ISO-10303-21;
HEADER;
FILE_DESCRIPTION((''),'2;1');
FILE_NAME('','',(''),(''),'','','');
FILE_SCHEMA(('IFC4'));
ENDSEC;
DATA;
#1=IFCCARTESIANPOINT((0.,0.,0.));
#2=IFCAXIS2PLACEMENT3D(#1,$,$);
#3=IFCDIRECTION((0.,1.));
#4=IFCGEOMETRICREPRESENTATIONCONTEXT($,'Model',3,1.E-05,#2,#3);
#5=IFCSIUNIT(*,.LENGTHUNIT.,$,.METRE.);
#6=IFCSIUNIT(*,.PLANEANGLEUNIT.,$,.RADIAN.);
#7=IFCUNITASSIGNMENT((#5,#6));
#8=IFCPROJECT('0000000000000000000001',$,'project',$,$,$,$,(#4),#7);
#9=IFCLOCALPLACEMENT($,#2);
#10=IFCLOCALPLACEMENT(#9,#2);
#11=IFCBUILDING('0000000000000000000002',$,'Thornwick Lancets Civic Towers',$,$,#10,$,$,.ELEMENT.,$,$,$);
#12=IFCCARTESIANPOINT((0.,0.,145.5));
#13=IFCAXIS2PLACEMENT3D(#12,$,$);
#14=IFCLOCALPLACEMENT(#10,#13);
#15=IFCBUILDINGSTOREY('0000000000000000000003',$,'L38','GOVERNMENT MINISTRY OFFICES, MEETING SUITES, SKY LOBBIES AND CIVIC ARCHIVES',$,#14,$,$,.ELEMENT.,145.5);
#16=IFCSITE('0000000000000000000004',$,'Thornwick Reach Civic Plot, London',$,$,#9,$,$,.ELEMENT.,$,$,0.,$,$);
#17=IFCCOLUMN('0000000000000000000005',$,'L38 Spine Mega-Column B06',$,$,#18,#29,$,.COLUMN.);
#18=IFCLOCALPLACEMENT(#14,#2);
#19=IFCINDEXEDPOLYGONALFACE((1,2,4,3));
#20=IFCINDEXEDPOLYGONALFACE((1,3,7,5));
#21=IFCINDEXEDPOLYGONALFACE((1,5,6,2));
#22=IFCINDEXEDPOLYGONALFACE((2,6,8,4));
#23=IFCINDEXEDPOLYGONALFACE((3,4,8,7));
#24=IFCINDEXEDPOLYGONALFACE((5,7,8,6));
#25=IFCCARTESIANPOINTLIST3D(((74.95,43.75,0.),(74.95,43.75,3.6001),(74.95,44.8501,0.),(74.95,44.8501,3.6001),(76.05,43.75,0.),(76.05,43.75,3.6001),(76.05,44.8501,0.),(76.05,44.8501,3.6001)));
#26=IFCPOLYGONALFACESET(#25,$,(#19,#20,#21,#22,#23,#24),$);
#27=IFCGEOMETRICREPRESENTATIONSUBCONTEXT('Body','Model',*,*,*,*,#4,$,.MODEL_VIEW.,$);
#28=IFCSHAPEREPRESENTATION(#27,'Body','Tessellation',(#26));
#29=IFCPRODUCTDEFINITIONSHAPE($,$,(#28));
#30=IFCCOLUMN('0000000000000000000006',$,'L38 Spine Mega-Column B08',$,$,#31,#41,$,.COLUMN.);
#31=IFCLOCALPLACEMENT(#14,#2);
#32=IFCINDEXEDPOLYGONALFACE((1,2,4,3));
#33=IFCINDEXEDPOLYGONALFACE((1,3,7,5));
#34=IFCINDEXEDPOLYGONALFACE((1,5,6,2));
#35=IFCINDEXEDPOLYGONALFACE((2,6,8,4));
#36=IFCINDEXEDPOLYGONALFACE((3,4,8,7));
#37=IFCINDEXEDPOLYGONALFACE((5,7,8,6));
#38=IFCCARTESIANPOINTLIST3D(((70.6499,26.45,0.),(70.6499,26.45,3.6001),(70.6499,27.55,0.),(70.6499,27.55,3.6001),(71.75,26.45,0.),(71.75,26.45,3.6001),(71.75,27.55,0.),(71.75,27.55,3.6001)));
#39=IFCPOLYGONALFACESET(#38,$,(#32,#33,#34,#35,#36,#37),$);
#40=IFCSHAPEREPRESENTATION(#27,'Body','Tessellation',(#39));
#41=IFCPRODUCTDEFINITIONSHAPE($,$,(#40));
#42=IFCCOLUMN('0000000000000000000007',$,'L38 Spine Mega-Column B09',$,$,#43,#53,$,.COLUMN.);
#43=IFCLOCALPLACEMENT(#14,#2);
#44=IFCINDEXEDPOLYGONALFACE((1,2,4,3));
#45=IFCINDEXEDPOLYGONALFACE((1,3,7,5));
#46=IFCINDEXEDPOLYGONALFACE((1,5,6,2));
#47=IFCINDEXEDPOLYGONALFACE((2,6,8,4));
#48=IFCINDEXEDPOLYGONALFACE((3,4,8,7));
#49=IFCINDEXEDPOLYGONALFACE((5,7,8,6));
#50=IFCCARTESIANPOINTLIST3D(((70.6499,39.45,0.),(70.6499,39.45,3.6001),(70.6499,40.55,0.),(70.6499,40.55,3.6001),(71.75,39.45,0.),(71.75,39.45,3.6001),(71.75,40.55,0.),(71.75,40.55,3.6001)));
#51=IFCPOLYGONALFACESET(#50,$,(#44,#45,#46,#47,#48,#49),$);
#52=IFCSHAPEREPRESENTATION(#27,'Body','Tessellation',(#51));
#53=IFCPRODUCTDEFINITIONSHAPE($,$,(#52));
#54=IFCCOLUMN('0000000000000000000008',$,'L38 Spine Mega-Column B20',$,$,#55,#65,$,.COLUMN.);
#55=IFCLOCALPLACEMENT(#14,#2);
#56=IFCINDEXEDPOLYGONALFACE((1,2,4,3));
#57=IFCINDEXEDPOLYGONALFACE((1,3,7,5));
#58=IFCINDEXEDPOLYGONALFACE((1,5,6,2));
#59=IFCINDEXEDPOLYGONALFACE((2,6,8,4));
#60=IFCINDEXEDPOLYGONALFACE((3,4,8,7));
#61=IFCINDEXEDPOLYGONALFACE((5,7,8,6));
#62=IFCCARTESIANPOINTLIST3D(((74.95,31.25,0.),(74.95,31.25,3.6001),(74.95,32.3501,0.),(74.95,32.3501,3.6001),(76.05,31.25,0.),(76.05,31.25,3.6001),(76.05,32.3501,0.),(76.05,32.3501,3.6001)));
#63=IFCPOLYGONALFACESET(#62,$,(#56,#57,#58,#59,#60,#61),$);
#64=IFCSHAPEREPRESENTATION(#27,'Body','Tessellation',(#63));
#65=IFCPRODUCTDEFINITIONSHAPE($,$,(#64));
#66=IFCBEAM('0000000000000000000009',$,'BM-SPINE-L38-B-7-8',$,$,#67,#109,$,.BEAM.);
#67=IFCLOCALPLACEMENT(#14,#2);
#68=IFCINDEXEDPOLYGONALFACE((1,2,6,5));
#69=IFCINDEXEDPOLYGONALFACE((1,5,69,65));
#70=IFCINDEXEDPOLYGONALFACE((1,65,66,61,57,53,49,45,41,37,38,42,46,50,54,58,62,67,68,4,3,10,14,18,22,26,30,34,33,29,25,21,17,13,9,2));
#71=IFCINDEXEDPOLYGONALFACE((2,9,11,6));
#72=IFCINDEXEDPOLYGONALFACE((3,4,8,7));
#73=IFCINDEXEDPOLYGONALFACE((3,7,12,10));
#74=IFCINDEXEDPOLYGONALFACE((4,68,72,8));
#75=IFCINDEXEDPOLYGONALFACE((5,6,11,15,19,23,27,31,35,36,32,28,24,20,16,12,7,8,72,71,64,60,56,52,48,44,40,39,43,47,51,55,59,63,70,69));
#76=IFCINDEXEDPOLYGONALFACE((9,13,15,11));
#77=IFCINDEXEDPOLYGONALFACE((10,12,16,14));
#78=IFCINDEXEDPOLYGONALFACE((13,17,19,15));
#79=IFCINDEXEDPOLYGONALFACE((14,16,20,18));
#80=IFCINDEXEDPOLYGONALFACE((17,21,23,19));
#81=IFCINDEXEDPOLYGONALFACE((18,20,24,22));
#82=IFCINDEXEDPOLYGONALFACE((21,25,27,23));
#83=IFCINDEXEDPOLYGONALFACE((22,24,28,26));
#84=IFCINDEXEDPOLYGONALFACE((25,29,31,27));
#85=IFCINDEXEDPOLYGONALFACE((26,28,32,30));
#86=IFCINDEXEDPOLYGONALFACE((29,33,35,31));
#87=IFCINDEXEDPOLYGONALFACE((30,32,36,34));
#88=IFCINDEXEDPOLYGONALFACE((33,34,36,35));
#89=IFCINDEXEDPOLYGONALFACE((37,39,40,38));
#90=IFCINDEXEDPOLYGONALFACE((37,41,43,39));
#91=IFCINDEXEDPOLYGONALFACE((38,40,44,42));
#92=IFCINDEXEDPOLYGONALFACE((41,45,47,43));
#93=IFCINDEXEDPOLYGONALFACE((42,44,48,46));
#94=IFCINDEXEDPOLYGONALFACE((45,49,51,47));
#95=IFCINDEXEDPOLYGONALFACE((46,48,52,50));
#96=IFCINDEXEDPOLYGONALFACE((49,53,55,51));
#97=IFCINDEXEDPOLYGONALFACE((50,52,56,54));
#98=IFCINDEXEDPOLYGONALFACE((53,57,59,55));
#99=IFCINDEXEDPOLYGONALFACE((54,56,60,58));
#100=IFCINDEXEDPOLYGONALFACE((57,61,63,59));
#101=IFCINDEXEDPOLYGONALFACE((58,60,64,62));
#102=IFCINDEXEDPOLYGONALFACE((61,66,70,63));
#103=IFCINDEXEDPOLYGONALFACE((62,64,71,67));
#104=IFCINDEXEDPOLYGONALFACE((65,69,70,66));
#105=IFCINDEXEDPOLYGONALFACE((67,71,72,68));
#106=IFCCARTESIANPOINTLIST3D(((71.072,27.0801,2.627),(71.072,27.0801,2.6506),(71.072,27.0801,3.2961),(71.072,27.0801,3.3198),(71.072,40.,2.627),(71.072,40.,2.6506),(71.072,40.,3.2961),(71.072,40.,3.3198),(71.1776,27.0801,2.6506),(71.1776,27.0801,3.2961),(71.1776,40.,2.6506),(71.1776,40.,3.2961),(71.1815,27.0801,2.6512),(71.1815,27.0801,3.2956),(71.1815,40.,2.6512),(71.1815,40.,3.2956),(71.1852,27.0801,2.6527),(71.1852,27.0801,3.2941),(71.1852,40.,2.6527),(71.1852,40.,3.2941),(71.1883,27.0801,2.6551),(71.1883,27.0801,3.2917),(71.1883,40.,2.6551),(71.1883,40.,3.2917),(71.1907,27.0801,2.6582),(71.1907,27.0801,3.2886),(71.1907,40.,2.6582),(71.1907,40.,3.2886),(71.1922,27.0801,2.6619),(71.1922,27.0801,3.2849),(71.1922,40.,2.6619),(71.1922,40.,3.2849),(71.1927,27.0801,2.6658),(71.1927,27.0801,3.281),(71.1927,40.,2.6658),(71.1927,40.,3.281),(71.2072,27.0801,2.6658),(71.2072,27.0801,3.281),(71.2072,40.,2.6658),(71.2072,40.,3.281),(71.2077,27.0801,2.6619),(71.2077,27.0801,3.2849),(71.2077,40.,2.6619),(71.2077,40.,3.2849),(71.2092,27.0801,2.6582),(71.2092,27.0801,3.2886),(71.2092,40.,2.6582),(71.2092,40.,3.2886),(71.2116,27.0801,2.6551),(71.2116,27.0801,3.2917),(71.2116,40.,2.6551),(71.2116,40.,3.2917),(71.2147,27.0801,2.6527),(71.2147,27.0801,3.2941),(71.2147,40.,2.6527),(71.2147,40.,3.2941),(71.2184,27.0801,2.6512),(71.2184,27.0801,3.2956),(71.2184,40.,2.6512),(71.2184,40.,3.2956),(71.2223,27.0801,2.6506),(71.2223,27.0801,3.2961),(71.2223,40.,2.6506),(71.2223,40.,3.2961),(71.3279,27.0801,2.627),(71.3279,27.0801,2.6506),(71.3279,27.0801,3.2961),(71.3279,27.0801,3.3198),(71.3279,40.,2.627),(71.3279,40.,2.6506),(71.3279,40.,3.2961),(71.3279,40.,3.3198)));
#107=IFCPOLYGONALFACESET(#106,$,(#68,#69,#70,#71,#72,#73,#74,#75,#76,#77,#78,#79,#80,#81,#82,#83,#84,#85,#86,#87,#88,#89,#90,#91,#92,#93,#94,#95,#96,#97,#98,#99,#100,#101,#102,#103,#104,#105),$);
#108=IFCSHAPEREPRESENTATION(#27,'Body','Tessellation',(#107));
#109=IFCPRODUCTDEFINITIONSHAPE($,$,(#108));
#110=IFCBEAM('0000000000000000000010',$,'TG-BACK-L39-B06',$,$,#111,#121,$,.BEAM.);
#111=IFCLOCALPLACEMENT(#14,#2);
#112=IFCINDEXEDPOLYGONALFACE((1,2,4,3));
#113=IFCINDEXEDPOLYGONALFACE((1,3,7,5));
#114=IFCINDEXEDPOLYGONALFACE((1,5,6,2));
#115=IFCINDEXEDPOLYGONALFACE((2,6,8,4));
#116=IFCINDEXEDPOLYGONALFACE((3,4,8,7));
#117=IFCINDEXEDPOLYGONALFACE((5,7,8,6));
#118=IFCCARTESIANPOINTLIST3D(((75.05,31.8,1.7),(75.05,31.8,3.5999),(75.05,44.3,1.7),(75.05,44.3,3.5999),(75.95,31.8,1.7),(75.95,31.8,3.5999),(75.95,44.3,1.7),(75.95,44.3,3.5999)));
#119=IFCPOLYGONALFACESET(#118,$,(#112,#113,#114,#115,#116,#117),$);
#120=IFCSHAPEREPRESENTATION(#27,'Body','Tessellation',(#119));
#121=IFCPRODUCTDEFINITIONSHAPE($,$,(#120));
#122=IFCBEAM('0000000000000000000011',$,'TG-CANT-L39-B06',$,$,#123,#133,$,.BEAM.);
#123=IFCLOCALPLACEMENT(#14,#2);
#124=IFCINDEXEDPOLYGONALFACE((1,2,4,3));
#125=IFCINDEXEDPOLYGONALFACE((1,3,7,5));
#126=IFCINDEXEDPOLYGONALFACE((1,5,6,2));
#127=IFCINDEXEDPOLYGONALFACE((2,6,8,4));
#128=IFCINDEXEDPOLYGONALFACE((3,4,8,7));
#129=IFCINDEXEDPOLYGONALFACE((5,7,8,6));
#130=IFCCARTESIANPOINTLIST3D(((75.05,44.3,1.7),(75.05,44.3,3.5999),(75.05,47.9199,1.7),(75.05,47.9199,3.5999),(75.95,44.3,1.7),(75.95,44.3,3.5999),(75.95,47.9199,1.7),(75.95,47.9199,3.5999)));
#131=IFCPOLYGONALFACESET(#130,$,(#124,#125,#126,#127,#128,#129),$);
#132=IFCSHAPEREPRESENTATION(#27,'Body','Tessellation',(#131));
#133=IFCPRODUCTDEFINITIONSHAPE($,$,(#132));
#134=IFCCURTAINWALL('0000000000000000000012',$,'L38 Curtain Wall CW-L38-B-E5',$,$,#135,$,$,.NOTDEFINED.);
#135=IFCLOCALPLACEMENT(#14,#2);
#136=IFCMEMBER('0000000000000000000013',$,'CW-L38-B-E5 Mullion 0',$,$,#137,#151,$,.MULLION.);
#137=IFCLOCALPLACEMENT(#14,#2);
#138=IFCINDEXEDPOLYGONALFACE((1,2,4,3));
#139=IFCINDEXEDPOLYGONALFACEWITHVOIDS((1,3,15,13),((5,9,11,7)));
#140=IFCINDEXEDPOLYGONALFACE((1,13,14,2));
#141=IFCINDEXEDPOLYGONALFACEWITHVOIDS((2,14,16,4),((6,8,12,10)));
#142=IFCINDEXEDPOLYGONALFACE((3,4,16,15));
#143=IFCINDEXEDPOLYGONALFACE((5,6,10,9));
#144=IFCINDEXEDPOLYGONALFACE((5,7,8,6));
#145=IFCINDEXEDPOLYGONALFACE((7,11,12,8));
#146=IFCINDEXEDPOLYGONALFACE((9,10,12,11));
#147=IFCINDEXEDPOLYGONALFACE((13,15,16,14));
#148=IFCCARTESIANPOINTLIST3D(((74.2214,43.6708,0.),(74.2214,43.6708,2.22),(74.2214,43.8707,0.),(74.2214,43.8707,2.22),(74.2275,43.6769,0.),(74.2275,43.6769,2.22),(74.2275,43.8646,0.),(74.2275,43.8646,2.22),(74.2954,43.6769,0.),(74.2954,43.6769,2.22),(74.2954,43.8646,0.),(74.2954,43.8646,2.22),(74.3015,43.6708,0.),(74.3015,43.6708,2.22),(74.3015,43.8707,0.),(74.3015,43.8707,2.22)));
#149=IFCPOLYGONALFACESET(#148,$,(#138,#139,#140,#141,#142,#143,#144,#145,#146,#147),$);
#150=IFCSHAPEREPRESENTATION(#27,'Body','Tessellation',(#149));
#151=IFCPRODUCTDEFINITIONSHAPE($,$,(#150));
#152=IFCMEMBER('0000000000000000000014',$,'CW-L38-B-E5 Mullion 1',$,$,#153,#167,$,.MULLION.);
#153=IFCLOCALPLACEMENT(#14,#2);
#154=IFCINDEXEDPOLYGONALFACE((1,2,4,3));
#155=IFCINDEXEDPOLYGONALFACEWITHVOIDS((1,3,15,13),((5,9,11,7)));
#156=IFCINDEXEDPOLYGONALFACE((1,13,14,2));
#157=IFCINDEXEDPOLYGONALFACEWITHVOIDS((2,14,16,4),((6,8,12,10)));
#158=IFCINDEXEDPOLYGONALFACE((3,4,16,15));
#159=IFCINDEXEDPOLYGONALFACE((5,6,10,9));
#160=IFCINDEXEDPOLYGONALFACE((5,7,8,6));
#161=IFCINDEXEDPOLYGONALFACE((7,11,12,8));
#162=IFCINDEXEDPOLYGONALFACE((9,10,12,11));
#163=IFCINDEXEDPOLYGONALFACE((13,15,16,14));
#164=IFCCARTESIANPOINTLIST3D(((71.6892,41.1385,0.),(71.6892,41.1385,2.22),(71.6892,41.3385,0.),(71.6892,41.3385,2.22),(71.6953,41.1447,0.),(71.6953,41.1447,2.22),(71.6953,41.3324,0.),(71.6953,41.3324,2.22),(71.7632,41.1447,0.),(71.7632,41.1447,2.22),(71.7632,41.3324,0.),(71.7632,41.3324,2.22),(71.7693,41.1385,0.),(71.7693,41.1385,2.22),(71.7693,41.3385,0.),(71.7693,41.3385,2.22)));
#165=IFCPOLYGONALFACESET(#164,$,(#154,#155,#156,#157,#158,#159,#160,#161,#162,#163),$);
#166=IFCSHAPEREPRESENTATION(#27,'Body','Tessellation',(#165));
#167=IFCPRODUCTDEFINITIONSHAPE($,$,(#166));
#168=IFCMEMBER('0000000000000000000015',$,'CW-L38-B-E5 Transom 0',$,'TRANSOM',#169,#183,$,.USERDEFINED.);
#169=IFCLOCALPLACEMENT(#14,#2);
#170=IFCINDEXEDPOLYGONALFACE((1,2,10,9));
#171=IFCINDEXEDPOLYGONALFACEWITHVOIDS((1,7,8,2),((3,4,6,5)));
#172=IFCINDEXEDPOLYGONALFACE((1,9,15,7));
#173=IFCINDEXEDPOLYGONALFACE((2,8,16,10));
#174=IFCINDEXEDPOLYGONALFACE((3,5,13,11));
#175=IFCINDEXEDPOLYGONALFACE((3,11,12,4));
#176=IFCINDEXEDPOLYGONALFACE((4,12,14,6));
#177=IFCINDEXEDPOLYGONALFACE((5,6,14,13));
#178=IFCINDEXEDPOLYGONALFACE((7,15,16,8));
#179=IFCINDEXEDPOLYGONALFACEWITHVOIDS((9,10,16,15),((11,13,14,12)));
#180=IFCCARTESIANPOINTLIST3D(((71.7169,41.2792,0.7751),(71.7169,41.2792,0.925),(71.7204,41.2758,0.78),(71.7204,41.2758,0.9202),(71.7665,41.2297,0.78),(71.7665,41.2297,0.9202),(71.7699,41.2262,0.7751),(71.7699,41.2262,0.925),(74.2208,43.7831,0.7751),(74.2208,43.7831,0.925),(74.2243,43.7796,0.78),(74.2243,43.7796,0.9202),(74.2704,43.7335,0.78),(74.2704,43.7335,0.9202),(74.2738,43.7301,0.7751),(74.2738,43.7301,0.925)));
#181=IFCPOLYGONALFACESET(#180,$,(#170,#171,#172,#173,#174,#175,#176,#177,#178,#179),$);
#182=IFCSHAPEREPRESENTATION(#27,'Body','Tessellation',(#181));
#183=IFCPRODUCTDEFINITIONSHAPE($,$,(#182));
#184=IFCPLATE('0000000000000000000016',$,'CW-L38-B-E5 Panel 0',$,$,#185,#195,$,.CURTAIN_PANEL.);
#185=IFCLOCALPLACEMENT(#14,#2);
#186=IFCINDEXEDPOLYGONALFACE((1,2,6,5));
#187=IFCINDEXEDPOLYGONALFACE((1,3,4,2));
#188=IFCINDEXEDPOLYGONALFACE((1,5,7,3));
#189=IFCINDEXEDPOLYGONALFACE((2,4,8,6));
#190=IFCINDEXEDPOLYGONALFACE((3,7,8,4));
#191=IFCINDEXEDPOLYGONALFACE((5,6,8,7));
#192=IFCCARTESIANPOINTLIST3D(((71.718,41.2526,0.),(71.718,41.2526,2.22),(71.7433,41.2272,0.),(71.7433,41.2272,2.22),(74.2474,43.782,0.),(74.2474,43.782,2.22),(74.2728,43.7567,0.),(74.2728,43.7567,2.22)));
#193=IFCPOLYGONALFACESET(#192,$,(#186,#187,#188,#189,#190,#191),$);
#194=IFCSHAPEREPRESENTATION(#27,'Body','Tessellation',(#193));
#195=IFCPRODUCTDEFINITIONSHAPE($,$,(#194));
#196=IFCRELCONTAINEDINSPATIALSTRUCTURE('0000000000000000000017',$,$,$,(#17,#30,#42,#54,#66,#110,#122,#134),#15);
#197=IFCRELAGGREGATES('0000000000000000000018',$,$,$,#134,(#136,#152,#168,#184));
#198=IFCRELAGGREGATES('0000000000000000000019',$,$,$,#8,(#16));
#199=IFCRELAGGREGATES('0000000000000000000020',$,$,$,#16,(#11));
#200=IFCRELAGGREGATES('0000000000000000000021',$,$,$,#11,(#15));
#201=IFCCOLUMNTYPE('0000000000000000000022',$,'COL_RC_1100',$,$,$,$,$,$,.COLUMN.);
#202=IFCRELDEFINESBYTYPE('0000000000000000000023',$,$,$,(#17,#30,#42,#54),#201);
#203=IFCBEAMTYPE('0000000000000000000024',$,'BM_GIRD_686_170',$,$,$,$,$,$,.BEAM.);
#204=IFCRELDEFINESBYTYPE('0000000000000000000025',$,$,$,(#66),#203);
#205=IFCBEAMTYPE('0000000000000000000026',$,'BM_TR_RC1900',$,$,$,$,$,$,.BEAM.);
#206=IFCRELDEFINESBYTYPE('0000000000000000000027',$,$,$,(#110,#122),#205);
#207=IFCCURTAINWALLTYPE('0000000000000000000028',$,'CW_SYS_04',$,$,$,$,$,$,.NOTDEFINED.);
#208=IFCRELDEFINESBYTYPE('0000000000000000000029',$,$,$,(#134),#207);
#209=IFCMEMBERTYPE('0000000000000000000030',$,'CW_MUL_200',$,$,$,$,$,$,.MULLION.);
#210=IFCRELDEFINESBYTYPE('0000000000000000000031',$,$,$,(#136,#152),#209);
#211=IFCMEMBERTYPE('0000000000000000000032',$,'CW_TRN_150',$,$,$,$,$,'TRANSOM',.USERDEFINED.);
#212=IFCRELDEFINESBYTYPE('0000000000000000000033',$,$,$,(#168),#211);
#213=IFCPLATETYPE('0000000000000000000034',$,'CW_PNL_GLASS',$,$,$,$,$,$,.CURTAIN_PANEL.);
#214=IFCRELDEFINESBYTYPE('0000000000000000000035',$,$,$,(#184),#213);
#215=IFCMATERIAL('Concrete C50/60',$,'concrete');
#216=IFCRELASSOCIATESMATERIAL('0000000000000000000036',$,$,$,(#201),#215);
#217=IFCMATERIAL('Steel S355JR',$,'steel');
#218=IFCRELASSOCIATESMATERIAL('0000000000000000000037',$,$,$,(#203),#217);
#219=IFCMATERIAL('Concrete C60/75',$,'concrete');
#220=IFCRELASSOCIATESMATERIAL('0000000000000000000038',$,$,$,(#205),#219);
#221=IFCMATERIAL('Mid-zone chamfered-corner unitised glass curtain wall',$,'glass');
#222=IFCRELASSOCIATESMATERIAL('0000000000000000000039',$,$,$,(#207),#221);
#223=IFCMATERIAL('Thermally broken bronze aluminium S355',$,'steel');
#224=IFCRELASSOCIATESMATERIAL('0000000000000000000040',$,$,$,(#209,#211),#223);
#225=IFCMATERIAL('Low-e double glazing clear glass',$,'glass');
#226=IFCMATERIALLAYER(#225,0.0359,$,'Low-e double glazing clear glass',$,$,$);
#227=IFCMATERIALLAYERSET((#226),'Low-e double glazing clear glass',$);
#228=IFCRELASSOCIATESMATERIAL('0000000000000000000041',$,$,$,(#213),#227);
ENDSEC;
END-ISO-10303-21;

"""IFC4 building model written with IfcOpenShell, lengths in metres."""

from ifc_helpers import new_model, si_unit, direction, frame, origin, origin_2d, place, context, subcontext, project, spatial, rectangle, hollow_rectangle, i_section, extrude, material, layer, layer_set, material_profile, profile_set, type_object, element, aggregate, save


model = new_model("IFC4")

# Units and contexts
model_context = context("Model", 3, precision=1e-05, world=origin(), true_north=direction((0.0, 1.0)))
body_context = subcontext(model_context, "Body", "Model", "MODEL_VIEW")
ifc_project = project(units=[si_unit("LENGTHUNIT", "METRE"), si_unit("PLANEANGLEUNIT", "RADIAN")], contexts=[model_context])

# Site, building, storey
site_placement = place(None, origin())
site = spatial("IfcSite", under=ifc_project, at=site_placement, Name="Thornwick Reach Civic Plot, London", CompositionType="ELEMENT", RefElevation=0.0)
building_placement = place(site_placement, origin())
building = spatial("IfcBuilding", under=site, at=building_placement, Name="Thornwick Lancets Civic Towers", CompositionType="ELEMENT")
storey_placement = place(building_placement, frame((0.0, 0.0, 145.5)))
storey = spatial("IfcBuildingStorey", under=building, at=storey_placement, Name="L38", Description="GOVERNMENT MINISTRY OFFICES, MEETING SUITES, SKY LOBBIES AND CIVIC ARCHIVES", CompositionType="ELEMENT", Elevation=145.5)

# Columns
ifc_material_1 = material(Name="Concrete C50/60", Category="concrete")
ifc_material_profile_1 = material_profile(ifc_material_1, rectangle(XDim=1.1001, YDim=1.1001, at=origin_2d()), Name="RC 1100x1100")
ifc_profile_set_1 = profile_set([ifc_material_profile_1], Name="Concrete C50/60")
column_type = type_object("IfcColumnType", Name="COL_RC_1100", PredefinedType="COLUMN", material=ifc_profile_set_1)
for number, where, z_axis, x_axis, name in (
    (1, (75.5, 44.3, 0.0), (0.0, 0.0, 1.0), (1.0, 0.0, 0.0), "L38 Spine Mega-Column B06"),
    (2, (71.2, 27.0, 0.0), (0.0, 0.0, 1.0), (1.0, 0.0, 0.0), "L38 Spine Mega-Column B08"),
    (3, (71.2, 40.0, 0.0), (0.0, 0.0, 1.0), (1.0, 0.0, 0.0), "L38 Spine Mega-Column B09"),
    (4, (75.5, 31.8, 0.0), (0.0, 0.0, 1.0), (1.0, 0.0, 0.0), "L38 Spine Mega-Column B20"),
):
    element("IfcColumn", number, at=place(storey_placement, frame(where, z_axis=z_axis, x_axis=x_axis)), inside=storey, type_object=column_type, Name=name, PredefinedType="COLUMN", context=body_context, shape_type="SweptSolid", body=[
        extrude(rectangle(XDim=1.1001, YDim=1.1001, at=origin_2d()), origin(), (0.0, 0.0, 1.0), 3.6001),
    ])

# Beams
ifc_material_2 = material(Name="Steel S355JR", Category="steel")
ifc_material_profile_2 = material_profile(ifc_material_2, i_section(OverallWidth=0.2559, OverallDepth=0.6929, WebThickness=0.0144, FlangeThickness=0.0237, FilletRadius=0.0151, at=origin_2d()), Name="UKB 686x254x170")
ifc_profile_set_2 = profile_set([ifc_material_profile_2], Name="Steel S355JR")
beam_type_1 = type_object("IfcBeamType", Name="BM_GIRD_686_170", PredefinedType="BEAM", material=ifc_profile_set_2)
beam_1_placement = place(storey_placement, frame((71.2, 27.0801, 2.9734), z_axis=(0.0, 1.0, 0.0), x_axis=(-1.0, 0.0, 0.0)))
element("IfcBeam", 5, at=beam_1_placement, inside=storey, type_object=beam_type_1, Name="BM-SPINE-L38-B-7-8", PredefinedType="BEAM", context=body_context, shape_type="SweptSolid", body=[
    extrude(i_section(OverallWidth=0.2559, OverallDepth=0.6929, WebThickness=0.0144, FlangeThickness=0.0237, FilletRadius=0.0151, at=origin_2d()), origin(), (0.0, 0.0, 1.0), 12.9199),
])
ifc_material_3 = material(Name="Concrete C60/75", Category="concrete")
ifc_material_profile_3 = material_profile(ifc_material_3, rectangle(XDim=0.8999, YDim=1.8999, at=origin_2d()), Name="RC 900x1900")
ifc_profile_set_3 = profile_set([ifc_material_profile_3], Name="Concrete C60/75")
beam_type_2 = type_object("IfcBeamType", Name="BM_TR_RC1900", PredefinedType="BEAM", material=ifc_profile_set_3)
beam_2_placement = place(storey_placement, frame((75.5, 31.8, 2.6499), z_axis=(0.0, 1.0, 0.0), x_axis=(-1.0, 0.0, 0.0)))
element("IfcBeam", 6, at=beam_2_placement, inside=storey, type_object=beam_type_2, Name="TG-BACK-L39-B06", PredefinedType="BEAM", context=body_context, shape_type="SweptSolid", body=[
    extrude(rectangle(XDim=0.8999, YDim=1.8999, at=origin_2d()), origin(), (0.0, 0.0, 1.0), 12.5),
])
beam_3_placement = place(storey_placement, frame((75.5, 44.3, 2.6499), z_axis=(0.0, 1.0, 0.0), x_axis=(-1.0, 0.0, 0.0)))
element("IfcBeam", 7, at=beam_3_placement, inside=storey, type_object=beam_type_2, Name="TG-CANT-L39-B06", PredefinedType="BEAM", context=body_context, shape_type="SweptSolid", body=[
    extrude(rectangle(XDim=0.8999, YDim=1.8999, at=origin_2d()), origin(), (0.0, 0.0, 1.0), 3.6199),
])

# Curtain wall, members, plate
ifc_material_4 = material(Name="Mid-zone chamfered-corner unitised glass curtain wall", Category="glass")
curtain_wall_type = type_object("IfcCurtainWallType", Name="CW_SYS_04", PredefinedType="NOTDEFINED", material=ifc_material_4)
curtain_wall_placement = place(storey_placement, origin())
curtain_wall = element("IfcCurtainWall", 8, at=curtain_wall_placement, inside=storey, type_object=curtain_wall_type, Name="L38 Curtain Wall CW-L38-B-E5", PredefinedType="NOTDEFINED")
ifc_material_5 = material(Name="Thermally broken bronze aluminium S355", Category="steel")
ifc_material_profile_4 = material_profile(ifc_material_5, hollow_rectangle(XDim=0.0801, YDim=0.2, WallThickness=0.0061, at=origin_2d()), Name="RHS 200x80x6")
ifc_profile_set_4 = profile_set([ifc_material_profile_4], Name="Thermally broken bronze aluminium S355")
member_type_1 = type_object("IfcMemberType", Name="CW_MUL_200", PredefinedType="MULLION", material=ifc_profile_set_4)
member_1_placement = place(storey_placement, frame((74.2615, 43.7708, 0.0), z_axis=(0.0, 0.0, 1.0), x_axis=(1.0, 0.0, 0.0)))
member_1 = element("IfcMember", 9, at=member_1_placement, type_object=member_type_1, Name="CW-L38-B-E5 Mullion 0", PredefinedType="MULLION", context=body_context, shape_type="SweptSolid", body=[
    extrude(hollow_rectangle(XDim=0.0801, YDim=0.2, WallThickness=0.0061, at=origin_2d()), origin(), (0.0, 0.0, 1.0), 2.22),
])
member_2_placement = place(storey_placement, frame((71.7292, 41.2385, 0.0), z_axis=(0.0, 0.0, 1.0), x_axis=(1.0, 0.0, 0.0)))
member_2 = element("IfcMember", 10, at=member_2_placement, type_object=member_type_1, Name="CW-L38-B-E5 Mullion 1", PredefinedType="MULLION", context=body_context, shape_type="SweptSolid", body=[
    extrude(hollow_rectangle(XDim=0.0801, YDim=0.2, WallThickness=0.0061, at=origin_2d()), origin(), (0.0, 0.0, 1.0), 2.22),
])
ifc_material_profile_5 = material_profile(ifc_material_5, hollow_rectangle(XDim=0.075, YDim=0.1499, WallThickness=0.0049, at=origin_2d()), Name="RHS 150x75x5")
ifc_profile_set_5 = profile_set([ifc_material_profile_5], Name="Thermally broken bronze aluminium S355")
member_type_2 = type_object("IfcMemberType", Name="CW_TRN_150", ElementType="TRANSOM", PredefinedType="USERDEFINED", material=ifc_profile_set_5)
member_3_placement = place(storey_placement, frame((74.2473, 43.7566, 0.8501), z_axis=(-0.707107, -0.707107, 0.0), x_axis=(0.707107, -0.707107, 0.0)))
member_3 = element("IfcMember", 11, at=member_3_placement, type_object=member_type_2, Name="CW-L38-B-E5 Transom 0", ObjectType="TRANSOM", PredefinedType="USERDEFINED", context=body_context, shape_type="SweptSolid", body=[
    extrude(hollow_rectangle(XDim=0.075, YDim=0.1499, WallThickness=0.0049, at=origin_2d()), origin(), (0.0, 0.0, 1.0), 3.541),
])
ifc_material_6 = material(Name="Low-e double glazing clear glass", Category="glass")
ifc_layer_1 = layer(ifc_material_6, 0.0359, Name="Low-e double glazing clear glass")
ifc_layer_set_1 = layer_set([ifc_layer_1], Name="Low-e double glazing clear glass")
plate_type_1 = type_object("IfcPlateType", Name="CW_PNL_GLASS", PredefinedType="CURTAIN_PANEL", material=ifc_layer_set_1)
plate_1_placement = place(storey_placement, frame((72.9954, 42.5046, 0.0), z_axis=(0.0, 0.0, 1.0), x_axis=(-0.707107, -0.707107, 0.0)))
plate_1 = element("IfcPlate", 12, at=plate_1_placement, type_object=plate_type_1, Name="CW-L38-B-E5 Panel 0", PredefinedType="CURTAIN_PANEL", context=body_context, shape_type="SweptSolid", body=[
    extrude(rectangle(XDim=3.5771, YDim=0.0359, at=origin_2d()), origin(), (0.0, 0.0, 1.0), 2.22),
])
aggregate(curtain_wall, [member_1, member_2, member_3, plate_1])

save(model, "model.ifc")
